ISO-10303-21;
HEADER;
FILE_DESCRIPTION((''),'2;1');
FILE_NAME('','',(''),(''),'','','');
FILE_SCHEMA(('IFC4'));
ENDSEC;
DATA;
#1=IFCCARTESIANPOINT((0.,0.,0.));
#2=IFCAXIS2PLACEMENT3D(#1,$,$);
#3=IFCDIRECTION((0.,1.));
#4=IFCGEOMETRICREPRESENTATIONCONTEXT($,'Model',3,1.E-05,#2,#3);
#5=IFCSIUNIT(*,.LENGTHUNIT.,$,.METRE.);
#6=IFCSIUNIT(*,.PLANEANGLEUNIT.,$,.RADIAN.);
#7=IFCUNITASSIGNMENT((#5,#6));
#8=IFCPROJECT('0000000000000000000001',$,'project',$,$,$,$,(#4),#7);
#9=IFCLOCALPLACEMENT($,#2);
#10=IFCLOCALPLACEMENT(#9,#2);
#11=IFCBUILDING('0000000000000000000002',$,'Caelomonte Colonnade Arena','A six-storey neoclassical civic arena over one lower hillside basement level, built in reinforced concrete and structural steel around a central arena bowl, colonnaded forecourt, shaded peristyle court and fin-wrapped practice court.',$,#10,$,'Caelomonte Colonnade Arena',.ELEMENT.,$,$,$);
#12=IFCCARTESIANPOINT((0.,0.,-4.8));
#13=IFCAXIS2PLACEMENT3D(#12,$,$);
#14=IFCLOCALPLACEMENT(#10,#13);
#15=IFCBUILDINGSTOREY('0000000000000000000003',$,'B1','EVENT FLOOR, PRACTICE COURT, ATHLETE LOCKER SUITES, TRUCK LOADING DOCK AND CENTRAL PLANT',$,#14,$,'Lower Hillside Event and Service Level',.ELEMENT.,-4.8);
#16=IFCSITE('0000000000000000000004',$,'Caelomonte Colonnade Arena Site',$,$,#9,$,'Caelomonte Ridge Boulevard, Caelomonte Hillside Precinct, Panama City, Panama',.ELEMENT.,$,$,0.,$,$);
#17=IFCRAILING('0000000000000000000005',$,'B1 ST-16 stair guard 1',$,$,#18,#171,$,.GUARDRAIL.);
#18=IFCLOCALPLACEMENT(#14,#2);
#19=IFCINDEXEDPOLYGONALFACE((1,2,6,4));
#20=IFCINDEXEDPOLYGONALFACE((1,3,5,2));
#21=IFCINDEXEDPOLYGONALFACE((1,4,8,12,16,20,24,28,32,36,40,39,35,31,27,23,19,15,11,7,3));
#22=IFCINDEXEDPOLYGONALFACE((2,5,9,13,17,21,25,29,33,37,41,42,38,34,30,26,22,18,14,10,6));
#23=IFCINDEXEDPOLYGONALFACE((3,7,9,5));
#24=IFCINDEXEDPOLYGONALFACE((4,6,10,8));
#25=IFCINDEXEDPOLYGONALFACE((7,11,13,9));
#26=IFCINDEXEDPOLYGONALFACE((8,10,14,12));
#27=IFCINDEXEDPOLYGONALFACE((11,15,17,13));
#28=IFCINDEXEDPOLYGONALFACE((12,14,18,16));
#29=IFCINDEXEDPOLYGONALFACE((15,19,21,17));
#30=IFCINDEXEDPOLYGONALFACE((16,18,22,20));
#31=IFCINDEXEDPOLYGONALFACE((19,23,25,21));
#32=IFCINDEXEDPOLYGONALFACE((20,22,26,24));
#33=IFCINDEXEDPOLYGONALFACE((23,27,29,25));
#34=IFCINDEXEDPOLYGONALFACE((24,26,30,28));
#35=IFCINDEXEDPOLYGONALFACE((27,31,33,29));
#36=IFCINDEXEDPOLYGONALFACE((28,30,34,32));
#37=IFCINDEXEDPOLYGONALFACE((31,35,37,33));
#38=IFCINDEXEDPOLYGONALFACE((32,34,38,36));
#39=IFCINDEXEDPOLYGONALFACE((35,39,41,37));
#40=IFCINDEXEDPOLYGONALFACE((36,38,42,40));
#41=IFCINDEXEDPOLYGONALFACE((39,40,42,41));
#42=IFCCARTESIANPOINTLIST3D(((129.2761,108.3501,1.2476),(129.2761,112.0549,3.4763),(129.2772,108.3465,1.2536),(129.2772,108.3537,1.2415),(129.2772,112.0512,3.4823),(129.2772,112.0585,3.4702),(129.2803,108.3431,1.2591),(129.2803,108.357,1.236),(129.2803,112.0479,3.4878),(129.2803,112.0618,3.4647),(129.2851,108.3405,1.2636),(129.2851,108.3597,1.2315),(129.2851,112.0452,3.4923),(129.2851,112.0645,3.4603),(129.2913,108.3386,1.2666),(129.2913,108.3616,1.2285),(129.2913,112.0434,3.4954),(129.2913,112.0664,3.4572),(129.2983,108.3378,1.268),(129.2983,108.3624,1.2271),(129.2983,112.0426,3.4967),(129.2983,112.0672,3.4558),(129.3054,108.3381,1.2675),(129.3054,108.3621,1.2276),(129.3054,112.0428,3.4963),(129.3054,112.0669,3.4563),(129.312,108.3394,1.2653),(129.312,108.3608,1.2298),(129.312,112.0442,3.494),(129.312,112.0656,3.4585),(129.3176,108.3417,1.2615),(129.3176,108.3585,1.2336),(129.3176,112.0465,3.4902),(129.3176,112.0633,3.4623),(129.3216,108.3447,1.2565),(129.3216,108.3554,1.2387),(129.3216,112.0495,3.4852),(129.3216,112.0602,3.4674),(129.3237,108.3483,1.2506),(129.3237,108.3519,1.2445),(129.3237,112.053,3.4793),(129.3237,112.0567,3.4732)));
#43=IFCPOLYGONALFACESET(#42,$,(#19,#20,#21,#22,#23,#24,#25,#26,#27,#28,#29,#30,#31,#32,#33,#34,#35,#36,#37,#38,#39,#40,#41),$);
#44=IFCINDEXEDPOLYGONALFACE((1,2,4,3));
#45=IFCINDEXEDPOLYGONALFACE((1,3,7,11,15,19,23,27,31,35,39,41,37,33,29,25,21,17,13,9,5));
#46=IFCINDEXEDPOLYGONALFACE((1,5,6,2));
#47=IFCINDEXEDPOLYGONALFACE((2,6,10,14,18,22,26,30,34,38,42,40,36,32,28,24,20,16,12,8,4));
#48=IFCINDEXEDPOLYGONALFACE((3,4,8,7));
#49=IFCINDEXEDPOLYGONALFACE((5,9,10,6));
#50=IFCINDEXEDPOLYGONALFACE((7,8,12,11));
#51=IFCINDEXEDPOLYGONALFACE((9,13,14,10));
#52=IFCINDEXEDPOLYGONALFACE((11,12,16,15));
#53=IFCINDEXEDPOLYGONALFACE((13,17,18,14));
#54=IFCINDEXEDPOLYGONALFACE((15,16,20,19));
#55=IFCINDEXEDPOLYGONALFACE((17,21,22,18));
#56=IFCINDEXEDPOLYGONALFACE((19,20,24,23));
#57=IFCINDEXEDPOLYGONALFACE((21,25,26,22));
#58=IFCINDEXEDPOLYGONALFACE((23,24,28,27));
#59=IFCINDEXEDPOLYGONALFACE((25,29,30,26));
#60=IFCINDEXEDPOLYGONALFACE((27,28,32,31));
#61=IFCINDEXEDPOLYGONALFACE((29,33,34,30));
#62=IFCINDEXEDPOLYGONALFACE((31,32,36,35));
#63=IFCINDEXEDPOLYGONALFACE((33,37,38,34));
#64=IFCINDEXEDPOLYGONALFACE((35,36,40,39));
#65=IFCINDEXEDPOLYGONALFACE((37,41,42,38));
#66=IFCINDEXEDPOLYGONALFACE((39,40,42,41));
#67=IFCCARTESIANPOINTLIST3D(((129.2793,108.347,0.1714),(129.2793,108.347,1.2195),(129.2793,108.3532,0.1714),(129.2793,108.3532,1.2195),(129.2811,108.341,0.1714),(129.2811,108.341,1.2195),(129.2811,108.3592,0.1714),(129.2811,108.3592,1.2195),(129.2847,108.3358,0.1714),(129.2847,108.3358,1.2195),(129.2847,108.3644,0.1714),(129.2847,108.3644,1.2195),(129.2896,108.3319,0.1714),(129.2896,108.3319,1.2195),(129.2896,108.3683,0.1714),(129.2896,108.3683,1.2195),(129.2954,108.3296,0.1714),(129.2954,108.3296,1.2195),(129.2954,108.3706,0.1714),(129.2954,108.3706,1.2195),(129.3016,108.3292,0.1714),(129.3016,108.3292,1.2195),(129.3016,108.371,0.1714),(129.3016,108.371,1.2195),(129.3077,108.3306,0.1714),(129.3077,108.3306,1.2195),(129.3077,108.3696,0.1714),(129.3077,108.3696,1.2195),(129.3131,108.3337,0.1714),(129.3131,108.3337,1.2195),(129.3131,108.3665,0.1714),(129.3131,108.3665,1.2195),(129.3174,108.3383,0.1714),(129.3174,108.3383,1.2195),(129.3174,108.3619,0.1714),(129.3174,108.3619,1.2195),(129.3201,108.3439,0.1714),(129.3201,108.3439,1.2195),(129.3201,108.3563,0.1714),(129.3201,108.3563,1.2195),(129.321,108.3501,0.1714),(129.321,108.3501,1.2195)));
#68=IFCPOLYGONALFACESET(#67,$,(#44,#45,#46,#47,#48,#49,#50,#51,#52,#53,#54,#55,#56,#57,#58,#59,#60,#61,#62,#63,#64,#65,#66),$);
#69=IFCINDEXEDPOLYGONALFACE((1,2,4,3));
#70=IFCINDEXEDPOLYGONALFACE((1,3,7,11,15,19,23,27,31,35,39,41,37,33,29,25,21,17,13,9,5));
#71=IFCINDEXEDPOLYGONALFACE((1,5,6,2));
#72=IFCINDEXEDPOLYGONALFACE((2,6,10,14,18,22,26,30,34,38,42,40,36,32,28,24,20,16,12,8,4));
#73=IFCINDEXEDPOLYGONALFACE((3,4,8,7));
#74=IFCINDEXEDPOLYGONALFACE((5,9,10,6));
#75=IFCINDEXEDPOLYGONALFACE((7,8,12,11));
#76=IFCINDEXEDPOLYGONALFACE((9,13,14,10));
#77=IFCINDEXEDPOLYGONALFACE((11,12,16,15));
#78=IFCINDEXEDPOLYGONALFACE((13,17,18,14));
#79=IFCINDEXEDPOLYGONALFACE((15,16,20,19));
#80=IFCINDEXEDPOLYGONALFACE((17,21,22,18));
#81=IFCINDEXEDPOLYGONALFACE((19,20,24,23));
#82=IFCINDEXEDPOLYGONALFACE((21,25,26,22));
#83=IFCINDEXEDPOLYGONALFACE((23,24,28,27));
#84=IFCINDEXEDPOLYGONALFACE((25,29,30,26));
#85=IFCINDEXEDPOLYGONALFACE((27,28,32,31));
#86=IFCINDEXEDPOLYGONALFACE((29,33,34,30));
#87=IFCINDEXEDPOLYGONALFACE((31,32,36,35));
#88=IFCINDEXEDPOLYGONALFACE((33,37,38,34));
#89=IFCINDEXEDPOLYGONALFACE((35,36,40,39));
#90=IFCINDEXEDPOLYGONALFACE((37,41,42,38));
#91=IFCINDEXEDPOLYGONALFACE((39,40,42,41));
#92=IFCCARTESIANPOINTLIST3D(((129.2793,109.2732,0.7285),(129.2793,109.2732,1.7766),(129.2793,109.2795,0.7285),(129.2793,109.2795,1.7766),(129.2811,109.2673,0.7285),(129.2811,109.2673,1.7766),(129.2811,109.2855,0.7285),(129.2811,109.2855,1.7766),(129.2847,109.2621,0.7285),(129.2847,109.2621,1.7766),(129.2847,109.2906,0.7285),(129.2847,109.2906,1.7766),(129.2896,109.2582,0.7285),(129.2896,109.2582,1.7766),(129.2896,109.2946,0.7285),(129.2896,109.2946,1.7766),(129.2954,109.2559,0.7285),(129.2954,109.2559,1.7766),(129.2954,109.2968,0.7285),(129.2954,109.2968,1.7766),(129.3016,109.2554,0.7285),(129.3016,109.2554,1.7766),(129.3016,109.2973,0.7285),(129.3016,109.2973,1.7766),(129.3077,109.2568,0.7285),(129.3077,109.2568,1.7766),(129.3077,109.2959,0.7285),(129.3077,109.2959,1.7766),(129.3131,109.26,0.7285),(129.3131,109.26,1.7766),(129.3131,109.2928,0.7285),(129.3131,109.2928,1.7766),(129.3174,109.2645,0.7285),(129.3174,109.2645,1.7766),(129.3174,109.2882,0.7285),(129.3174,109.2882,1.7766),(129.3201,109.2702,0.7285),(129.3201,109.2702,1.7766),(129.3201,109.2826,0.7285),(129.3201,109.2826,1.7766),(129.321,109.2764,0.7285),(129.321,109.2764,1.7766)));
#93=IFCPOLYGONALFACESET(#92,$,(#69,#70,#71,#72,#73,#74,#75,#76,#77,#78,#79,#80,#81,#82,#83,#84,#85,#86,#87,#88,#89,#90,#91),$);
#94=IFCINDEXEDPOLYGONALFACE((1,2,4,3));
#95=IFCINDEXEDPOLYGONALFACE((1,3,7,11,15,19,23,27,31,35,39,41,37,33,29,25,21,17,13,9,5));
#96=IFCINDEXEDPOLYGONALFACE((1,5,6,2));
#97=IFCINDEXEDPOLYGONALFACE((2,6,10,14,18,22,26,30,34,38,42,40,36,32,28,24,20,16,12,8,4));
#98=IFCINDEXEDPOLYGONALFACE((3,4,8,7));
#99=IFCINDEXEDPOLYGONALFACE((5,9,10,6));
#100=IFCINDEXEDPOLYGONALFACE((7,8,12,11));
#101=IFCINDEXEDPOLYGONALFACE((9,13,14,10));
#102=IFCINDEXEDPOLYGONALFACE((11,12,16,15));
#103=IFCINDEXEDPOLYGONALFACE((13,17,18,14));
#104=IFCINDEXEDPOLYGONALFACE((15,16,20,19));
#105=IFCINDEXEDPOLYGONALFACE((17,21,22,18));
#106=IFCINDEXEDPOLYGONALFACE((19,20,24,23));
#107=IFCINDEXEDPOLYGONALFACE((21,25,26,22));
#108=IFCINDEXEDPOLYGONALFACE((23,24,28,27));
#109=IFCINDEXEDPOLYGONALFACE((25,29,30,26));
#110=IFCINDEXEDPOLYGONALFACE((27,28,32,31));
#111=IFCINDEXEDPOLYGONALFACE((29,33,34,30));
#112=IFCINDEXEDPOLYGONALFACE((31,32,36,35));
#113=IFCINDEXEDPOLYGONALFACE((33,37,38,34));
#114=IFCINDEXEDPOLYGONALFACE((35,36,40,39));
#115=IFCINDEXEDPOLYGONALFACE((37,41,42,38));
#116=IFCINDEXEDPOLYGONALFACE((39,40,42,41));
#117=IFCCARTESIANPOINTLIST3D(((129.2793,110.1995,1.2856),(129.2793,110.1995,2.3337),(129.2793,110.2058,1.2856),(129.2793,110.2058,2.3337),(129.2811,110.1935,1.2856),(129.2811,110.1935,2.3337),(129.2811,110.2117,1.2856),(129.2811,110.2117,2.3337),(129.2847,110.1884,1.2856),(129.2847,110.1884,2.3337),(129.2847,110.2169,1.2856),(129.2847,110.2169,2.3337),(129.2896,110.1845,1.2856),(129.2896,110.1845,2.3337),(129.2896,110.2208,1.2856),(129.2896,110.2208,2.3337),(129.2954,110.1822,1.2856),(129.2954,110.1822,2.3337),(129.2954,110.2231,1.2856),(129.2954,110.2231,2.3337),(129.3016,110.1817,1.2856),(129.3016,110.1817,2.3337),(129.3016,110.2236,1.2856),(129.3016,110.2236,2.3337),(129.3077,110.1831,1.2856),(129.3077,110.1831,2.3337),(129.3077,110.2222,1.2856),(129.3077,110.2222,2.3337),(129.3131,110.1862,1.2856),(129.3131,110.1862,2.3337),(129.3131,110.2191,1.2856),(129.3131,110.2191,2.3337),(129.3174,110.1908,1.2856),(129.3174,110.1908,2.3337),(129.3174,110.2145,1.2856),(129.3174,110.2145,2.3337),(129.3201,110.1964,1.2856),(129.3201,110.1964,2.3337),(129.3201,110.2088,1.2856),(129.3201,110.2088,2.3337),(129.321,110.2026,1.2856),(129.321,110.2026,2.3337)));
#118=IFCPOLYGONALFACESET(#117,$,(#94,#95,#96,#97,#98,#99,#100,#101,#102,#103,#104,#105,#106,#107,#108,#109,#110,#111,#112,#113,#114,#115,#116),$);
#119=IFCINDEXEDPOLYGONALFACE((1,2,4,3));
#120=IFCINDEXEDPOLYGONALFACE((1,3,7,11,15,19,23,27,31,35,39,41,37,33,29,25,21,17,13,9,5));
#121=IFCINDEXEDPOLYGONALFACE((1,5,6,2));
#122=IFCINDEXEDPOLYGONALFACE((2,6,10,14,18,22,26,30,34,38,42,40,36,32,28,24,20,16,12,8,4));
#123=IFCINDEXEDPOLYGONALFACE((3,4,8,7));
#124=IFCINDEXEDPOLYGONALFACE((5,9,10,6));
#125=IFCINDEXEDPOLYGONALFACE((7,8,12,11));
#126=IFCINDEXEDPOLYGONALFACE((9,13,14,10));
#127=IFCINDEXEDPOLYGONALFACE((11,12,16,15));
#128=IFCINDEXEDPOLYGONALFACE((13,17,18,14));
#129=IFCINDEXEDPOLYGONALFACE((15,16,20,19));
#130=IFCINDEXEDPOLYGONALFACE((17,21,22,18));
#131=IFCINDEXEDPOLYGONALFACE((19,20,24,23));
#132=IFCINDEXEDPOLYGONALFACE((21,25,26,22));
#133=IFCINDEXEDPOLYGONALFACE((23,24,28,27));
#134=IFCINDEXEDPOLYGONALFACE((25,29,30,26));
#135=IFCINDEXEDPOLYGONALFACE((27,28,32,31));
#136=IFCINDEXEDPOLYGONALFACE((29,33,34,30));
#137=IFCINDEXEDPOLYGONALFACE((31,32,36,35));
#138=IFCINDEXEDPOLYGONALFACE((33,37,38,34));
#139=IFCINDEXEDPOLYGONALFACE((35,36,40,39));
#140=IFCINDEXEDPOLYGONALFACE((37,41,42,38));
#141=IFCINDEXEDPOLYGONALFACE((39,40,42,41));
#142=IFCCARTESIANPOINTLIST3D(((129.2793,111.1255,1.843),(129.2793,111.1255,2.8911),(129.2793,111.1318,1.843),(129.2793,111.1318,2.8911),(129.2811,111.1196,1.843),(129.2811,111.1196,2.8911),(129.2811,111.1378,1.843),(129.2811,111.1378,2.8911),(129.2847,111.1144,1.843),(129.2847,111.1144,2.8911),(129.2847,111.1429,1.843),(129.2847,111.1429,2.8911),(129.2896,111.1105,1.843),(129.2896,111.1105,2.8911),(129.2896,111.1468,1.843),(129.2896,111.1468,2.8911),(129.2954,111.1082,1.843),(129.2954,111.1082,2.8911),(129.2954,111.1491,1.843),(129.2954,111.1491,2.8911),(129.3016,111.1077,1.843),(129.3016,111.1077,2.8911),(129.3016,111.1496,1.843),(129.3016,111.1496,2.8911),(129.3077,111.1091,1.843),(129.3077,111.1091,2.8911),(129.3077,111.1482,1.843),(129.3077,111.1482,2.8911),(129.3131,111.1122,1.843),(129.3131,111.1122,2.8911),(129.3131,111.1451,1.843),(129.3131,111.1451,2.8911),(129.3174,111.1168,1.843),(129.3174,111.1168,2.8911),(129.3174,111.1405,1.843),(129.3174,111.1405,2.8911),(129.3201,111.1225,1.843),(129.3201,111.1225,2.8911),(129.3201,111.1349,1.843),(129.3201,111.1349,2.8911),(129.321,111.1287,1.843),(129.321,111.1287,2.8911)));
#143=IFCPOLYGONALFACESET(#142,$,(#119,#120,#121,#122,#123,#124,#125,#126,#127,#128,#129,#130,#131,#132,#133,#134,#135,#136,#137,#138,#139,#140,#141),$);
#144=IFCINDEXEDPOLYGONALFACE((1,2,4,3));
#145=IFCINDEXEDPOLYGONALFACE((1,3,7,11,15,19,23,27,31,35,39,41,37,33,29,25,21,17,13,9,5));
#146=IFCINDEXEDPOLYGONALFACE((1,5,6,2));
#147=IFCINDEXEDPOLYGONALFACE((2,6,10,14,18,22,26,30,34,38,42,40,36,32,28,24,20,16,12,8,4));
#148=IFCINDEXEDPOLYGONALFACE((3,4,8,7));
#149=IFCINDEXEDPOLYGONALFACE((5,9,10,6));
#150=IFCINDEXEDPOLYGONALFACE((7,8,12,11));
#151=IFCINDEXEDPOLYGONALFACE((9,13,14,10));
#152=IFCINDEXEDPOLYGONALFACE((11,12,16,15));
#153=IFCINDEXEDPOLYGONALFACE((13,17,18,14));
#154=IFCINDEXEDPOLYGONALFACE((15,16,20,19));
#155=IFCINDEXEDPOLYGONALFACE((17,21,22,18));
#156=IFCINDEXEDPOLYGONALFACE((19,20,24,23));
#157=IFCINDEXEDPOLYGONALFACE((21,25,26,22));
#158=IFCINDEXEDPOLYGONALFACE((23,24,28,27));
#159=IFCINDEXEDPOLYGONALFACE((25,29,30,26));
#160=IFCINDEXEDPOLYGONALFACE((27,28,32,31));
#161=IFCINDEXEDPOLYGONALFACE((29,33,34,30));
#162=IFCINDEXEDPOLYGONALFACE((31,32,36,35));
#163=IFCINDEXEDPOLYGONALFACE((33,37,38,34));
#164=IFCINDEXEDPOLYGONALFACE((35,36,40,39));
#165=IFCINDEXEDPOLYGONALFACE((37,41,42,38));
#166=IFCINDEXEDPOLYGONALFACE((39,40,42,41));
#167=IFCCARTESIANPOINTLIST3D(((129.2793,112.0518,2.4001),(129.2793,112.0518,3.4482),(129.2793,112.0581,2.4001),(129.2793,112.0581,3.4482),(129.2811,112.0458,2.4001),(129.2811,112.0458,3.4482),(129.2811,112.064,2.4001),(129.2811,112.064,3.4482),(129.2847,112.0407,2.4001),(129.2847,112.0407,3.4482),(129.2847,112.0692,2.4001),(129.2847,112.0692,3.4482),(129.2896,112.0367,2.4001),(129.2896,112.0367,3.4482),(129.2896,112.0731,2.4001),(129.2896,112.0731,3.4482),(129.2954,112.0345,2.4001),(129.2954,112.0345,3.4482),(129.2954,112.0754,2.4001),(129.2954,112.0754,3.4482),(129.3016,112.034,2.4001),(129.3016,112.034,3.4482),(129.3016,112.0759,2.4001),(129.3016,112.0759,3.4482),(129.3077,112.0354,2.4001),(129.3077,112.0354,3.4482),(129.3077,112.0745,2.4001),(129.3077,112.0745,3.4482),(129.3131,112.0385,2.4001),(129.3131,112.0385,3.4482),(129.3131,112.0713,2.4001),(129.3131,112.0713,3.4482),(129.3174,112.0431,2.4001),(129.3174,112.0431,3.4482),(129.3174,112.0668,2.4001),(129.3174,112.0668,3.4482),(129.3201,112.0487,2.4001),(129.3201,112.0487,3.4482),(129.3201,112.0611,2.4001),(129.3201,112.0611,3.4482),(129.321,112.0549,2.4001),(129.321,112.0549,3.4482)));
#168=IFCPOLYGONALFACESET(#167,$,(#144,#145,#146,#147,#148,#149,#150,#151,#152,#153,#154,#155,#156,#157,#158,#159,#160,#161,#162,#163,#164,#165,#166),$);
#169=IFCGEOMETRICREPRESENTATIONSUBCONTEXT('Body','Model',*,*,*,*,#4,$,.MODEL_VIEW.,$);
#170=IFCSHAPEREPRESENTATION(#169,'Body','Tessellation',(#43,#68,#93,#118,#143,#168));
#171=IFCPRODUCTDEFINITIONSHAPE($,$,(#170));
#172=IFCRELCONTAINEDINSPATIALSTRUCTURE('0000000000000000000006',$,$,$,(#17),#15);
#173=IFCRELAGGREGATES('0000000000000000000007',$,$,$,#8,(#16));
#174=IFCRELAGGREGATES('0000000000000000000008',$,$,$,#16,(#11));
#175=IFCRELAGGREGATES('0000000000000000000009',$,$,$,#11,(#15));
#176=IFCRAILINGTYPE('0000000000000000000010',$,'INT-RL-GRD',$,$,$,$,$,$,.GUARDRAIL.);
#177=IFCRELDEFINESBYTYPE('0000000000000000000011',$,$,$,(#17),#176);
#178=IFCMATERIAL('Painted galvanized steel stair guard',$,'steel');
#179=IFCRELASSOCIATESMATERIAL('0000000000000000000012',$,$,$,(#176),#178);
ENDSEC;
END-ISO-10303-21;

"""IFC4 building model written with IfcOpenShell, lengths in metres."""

from ifc_helpers import new_model, si_unit, direction, frame, origin, origin_2d, place, context, subcontext, project, spatial, circle, extrude, material, type_object, element, save


model = new_model("IFC4")

# Units and contexts
model_context = context("Model", 3, precision=1e-05, world=origin(), true_north=direction((0.0, 1.0)))
body_context = subcontext(model_context, "Body", "Model", "MODEL_VIEW")
ifc_project = project(units=[si_unit("LENGTHUNIT", "METRE"), si_unit("PLANEANGLEUNIT", "RADIAN")], contexts=[model_context])

# Site, building, storey
site_placement = place(None, origin())
site = spatial("IfcSite", under=ifc_project, at=site_placement, Name="Caelomonte Colonnade Arena Site", LongName="Caelomonte Ridge Boulevard, Caelomonte Hillside Precinct, Panama City, Panama", CompositionType="ELEMENT", RefElevation=0.0)
building_placement = place(site_placement, origin())
building = spatial("IfcBuilding", under=site, at=building_placement, Name="Caelomonte Colonnade Arena", Description="A six-storey neoclassical civic arena over one lower hillside basement level, built in reinforced concrete and structural steel around a central arena bowl, colonnaded forecourt, shaded peristyle court and fin-wrapped practice court.", LongName="Caelomonte Colonnade Arena", CompositionType="ELEMENT")
storey_placement = place(building_placement, frame((0.0, 0.0, -4.8)))
storey = spatial("IfcBuildingStorey", under=building, at=storey_placement, Name="B1", Description="EVENT FLOOR, PRACTICE COURT, ATHLETE LOCKER SUITES, TRUCK LOADING DOCK AND CENTRAL PLANT", LongName="Lower Hillside Event and Service Level", CompositionType="ELEMENT", Elevation=-4.8)

# Railing
ifc_material_1 = material(Name="Painted galvanized steel stair guard", Category="steel")
railing_type_1 = type_object("IfcRailingType", Name="INT-RL-GRD", PredefinedType="GUARDRAIL", material=ifc_material_1)
railing_1_placement = place(storey_placement, frame((129.3, 108.3501, 0.1714)))
element("IfcRailing", 1, at=railing_1_placement, inside=storey, type_object=railing_type_1, Name="B1 ST-16 stair guard 1", PredefinedType="GUARDRAIL", context=body_context, shape_type="SweptSolid", body=[
    extrude(circle(Radius=0.0239, at=origin_2d()), frame((0.0, 0.0, 1.0762), z_axis=(0.0, 0.856894, 0.515492), x_axis=(-1.0, 0.0, 0.0)), (0.0, 0.0, 1.0), 4.3235),
    extrude(circle(Radius=0.021, at=origin_2d()), origin(), (0.0, 0.0, 1.0), 1.0481),
    extrude(circle(Radius=0.021, at=origin_2d()), frame((0.0, 0.9263, 0.5571)), (0.0, 0.0, 1.0), 1.0481),
    extrude(circle(Radius=0.021, at=origin_2d()), frame((0.0, 1.8525, 1.1143)), (0.0, 0.0, 1.0), 1.0481),
    extrude(circle(Radius=0.021, at=origin_2d()), frame((0.0, 2.7786, 1.6716)), (0.0, 0.0, 1.0), 1.0481),
    extrude(circle(Radius=0.021, at=origin_2d()), frame((0.0, 3.7048, 2.2288)), (0.0, 0.0, 1.0), 1.0481),
])

save(model, "model.ifc")
